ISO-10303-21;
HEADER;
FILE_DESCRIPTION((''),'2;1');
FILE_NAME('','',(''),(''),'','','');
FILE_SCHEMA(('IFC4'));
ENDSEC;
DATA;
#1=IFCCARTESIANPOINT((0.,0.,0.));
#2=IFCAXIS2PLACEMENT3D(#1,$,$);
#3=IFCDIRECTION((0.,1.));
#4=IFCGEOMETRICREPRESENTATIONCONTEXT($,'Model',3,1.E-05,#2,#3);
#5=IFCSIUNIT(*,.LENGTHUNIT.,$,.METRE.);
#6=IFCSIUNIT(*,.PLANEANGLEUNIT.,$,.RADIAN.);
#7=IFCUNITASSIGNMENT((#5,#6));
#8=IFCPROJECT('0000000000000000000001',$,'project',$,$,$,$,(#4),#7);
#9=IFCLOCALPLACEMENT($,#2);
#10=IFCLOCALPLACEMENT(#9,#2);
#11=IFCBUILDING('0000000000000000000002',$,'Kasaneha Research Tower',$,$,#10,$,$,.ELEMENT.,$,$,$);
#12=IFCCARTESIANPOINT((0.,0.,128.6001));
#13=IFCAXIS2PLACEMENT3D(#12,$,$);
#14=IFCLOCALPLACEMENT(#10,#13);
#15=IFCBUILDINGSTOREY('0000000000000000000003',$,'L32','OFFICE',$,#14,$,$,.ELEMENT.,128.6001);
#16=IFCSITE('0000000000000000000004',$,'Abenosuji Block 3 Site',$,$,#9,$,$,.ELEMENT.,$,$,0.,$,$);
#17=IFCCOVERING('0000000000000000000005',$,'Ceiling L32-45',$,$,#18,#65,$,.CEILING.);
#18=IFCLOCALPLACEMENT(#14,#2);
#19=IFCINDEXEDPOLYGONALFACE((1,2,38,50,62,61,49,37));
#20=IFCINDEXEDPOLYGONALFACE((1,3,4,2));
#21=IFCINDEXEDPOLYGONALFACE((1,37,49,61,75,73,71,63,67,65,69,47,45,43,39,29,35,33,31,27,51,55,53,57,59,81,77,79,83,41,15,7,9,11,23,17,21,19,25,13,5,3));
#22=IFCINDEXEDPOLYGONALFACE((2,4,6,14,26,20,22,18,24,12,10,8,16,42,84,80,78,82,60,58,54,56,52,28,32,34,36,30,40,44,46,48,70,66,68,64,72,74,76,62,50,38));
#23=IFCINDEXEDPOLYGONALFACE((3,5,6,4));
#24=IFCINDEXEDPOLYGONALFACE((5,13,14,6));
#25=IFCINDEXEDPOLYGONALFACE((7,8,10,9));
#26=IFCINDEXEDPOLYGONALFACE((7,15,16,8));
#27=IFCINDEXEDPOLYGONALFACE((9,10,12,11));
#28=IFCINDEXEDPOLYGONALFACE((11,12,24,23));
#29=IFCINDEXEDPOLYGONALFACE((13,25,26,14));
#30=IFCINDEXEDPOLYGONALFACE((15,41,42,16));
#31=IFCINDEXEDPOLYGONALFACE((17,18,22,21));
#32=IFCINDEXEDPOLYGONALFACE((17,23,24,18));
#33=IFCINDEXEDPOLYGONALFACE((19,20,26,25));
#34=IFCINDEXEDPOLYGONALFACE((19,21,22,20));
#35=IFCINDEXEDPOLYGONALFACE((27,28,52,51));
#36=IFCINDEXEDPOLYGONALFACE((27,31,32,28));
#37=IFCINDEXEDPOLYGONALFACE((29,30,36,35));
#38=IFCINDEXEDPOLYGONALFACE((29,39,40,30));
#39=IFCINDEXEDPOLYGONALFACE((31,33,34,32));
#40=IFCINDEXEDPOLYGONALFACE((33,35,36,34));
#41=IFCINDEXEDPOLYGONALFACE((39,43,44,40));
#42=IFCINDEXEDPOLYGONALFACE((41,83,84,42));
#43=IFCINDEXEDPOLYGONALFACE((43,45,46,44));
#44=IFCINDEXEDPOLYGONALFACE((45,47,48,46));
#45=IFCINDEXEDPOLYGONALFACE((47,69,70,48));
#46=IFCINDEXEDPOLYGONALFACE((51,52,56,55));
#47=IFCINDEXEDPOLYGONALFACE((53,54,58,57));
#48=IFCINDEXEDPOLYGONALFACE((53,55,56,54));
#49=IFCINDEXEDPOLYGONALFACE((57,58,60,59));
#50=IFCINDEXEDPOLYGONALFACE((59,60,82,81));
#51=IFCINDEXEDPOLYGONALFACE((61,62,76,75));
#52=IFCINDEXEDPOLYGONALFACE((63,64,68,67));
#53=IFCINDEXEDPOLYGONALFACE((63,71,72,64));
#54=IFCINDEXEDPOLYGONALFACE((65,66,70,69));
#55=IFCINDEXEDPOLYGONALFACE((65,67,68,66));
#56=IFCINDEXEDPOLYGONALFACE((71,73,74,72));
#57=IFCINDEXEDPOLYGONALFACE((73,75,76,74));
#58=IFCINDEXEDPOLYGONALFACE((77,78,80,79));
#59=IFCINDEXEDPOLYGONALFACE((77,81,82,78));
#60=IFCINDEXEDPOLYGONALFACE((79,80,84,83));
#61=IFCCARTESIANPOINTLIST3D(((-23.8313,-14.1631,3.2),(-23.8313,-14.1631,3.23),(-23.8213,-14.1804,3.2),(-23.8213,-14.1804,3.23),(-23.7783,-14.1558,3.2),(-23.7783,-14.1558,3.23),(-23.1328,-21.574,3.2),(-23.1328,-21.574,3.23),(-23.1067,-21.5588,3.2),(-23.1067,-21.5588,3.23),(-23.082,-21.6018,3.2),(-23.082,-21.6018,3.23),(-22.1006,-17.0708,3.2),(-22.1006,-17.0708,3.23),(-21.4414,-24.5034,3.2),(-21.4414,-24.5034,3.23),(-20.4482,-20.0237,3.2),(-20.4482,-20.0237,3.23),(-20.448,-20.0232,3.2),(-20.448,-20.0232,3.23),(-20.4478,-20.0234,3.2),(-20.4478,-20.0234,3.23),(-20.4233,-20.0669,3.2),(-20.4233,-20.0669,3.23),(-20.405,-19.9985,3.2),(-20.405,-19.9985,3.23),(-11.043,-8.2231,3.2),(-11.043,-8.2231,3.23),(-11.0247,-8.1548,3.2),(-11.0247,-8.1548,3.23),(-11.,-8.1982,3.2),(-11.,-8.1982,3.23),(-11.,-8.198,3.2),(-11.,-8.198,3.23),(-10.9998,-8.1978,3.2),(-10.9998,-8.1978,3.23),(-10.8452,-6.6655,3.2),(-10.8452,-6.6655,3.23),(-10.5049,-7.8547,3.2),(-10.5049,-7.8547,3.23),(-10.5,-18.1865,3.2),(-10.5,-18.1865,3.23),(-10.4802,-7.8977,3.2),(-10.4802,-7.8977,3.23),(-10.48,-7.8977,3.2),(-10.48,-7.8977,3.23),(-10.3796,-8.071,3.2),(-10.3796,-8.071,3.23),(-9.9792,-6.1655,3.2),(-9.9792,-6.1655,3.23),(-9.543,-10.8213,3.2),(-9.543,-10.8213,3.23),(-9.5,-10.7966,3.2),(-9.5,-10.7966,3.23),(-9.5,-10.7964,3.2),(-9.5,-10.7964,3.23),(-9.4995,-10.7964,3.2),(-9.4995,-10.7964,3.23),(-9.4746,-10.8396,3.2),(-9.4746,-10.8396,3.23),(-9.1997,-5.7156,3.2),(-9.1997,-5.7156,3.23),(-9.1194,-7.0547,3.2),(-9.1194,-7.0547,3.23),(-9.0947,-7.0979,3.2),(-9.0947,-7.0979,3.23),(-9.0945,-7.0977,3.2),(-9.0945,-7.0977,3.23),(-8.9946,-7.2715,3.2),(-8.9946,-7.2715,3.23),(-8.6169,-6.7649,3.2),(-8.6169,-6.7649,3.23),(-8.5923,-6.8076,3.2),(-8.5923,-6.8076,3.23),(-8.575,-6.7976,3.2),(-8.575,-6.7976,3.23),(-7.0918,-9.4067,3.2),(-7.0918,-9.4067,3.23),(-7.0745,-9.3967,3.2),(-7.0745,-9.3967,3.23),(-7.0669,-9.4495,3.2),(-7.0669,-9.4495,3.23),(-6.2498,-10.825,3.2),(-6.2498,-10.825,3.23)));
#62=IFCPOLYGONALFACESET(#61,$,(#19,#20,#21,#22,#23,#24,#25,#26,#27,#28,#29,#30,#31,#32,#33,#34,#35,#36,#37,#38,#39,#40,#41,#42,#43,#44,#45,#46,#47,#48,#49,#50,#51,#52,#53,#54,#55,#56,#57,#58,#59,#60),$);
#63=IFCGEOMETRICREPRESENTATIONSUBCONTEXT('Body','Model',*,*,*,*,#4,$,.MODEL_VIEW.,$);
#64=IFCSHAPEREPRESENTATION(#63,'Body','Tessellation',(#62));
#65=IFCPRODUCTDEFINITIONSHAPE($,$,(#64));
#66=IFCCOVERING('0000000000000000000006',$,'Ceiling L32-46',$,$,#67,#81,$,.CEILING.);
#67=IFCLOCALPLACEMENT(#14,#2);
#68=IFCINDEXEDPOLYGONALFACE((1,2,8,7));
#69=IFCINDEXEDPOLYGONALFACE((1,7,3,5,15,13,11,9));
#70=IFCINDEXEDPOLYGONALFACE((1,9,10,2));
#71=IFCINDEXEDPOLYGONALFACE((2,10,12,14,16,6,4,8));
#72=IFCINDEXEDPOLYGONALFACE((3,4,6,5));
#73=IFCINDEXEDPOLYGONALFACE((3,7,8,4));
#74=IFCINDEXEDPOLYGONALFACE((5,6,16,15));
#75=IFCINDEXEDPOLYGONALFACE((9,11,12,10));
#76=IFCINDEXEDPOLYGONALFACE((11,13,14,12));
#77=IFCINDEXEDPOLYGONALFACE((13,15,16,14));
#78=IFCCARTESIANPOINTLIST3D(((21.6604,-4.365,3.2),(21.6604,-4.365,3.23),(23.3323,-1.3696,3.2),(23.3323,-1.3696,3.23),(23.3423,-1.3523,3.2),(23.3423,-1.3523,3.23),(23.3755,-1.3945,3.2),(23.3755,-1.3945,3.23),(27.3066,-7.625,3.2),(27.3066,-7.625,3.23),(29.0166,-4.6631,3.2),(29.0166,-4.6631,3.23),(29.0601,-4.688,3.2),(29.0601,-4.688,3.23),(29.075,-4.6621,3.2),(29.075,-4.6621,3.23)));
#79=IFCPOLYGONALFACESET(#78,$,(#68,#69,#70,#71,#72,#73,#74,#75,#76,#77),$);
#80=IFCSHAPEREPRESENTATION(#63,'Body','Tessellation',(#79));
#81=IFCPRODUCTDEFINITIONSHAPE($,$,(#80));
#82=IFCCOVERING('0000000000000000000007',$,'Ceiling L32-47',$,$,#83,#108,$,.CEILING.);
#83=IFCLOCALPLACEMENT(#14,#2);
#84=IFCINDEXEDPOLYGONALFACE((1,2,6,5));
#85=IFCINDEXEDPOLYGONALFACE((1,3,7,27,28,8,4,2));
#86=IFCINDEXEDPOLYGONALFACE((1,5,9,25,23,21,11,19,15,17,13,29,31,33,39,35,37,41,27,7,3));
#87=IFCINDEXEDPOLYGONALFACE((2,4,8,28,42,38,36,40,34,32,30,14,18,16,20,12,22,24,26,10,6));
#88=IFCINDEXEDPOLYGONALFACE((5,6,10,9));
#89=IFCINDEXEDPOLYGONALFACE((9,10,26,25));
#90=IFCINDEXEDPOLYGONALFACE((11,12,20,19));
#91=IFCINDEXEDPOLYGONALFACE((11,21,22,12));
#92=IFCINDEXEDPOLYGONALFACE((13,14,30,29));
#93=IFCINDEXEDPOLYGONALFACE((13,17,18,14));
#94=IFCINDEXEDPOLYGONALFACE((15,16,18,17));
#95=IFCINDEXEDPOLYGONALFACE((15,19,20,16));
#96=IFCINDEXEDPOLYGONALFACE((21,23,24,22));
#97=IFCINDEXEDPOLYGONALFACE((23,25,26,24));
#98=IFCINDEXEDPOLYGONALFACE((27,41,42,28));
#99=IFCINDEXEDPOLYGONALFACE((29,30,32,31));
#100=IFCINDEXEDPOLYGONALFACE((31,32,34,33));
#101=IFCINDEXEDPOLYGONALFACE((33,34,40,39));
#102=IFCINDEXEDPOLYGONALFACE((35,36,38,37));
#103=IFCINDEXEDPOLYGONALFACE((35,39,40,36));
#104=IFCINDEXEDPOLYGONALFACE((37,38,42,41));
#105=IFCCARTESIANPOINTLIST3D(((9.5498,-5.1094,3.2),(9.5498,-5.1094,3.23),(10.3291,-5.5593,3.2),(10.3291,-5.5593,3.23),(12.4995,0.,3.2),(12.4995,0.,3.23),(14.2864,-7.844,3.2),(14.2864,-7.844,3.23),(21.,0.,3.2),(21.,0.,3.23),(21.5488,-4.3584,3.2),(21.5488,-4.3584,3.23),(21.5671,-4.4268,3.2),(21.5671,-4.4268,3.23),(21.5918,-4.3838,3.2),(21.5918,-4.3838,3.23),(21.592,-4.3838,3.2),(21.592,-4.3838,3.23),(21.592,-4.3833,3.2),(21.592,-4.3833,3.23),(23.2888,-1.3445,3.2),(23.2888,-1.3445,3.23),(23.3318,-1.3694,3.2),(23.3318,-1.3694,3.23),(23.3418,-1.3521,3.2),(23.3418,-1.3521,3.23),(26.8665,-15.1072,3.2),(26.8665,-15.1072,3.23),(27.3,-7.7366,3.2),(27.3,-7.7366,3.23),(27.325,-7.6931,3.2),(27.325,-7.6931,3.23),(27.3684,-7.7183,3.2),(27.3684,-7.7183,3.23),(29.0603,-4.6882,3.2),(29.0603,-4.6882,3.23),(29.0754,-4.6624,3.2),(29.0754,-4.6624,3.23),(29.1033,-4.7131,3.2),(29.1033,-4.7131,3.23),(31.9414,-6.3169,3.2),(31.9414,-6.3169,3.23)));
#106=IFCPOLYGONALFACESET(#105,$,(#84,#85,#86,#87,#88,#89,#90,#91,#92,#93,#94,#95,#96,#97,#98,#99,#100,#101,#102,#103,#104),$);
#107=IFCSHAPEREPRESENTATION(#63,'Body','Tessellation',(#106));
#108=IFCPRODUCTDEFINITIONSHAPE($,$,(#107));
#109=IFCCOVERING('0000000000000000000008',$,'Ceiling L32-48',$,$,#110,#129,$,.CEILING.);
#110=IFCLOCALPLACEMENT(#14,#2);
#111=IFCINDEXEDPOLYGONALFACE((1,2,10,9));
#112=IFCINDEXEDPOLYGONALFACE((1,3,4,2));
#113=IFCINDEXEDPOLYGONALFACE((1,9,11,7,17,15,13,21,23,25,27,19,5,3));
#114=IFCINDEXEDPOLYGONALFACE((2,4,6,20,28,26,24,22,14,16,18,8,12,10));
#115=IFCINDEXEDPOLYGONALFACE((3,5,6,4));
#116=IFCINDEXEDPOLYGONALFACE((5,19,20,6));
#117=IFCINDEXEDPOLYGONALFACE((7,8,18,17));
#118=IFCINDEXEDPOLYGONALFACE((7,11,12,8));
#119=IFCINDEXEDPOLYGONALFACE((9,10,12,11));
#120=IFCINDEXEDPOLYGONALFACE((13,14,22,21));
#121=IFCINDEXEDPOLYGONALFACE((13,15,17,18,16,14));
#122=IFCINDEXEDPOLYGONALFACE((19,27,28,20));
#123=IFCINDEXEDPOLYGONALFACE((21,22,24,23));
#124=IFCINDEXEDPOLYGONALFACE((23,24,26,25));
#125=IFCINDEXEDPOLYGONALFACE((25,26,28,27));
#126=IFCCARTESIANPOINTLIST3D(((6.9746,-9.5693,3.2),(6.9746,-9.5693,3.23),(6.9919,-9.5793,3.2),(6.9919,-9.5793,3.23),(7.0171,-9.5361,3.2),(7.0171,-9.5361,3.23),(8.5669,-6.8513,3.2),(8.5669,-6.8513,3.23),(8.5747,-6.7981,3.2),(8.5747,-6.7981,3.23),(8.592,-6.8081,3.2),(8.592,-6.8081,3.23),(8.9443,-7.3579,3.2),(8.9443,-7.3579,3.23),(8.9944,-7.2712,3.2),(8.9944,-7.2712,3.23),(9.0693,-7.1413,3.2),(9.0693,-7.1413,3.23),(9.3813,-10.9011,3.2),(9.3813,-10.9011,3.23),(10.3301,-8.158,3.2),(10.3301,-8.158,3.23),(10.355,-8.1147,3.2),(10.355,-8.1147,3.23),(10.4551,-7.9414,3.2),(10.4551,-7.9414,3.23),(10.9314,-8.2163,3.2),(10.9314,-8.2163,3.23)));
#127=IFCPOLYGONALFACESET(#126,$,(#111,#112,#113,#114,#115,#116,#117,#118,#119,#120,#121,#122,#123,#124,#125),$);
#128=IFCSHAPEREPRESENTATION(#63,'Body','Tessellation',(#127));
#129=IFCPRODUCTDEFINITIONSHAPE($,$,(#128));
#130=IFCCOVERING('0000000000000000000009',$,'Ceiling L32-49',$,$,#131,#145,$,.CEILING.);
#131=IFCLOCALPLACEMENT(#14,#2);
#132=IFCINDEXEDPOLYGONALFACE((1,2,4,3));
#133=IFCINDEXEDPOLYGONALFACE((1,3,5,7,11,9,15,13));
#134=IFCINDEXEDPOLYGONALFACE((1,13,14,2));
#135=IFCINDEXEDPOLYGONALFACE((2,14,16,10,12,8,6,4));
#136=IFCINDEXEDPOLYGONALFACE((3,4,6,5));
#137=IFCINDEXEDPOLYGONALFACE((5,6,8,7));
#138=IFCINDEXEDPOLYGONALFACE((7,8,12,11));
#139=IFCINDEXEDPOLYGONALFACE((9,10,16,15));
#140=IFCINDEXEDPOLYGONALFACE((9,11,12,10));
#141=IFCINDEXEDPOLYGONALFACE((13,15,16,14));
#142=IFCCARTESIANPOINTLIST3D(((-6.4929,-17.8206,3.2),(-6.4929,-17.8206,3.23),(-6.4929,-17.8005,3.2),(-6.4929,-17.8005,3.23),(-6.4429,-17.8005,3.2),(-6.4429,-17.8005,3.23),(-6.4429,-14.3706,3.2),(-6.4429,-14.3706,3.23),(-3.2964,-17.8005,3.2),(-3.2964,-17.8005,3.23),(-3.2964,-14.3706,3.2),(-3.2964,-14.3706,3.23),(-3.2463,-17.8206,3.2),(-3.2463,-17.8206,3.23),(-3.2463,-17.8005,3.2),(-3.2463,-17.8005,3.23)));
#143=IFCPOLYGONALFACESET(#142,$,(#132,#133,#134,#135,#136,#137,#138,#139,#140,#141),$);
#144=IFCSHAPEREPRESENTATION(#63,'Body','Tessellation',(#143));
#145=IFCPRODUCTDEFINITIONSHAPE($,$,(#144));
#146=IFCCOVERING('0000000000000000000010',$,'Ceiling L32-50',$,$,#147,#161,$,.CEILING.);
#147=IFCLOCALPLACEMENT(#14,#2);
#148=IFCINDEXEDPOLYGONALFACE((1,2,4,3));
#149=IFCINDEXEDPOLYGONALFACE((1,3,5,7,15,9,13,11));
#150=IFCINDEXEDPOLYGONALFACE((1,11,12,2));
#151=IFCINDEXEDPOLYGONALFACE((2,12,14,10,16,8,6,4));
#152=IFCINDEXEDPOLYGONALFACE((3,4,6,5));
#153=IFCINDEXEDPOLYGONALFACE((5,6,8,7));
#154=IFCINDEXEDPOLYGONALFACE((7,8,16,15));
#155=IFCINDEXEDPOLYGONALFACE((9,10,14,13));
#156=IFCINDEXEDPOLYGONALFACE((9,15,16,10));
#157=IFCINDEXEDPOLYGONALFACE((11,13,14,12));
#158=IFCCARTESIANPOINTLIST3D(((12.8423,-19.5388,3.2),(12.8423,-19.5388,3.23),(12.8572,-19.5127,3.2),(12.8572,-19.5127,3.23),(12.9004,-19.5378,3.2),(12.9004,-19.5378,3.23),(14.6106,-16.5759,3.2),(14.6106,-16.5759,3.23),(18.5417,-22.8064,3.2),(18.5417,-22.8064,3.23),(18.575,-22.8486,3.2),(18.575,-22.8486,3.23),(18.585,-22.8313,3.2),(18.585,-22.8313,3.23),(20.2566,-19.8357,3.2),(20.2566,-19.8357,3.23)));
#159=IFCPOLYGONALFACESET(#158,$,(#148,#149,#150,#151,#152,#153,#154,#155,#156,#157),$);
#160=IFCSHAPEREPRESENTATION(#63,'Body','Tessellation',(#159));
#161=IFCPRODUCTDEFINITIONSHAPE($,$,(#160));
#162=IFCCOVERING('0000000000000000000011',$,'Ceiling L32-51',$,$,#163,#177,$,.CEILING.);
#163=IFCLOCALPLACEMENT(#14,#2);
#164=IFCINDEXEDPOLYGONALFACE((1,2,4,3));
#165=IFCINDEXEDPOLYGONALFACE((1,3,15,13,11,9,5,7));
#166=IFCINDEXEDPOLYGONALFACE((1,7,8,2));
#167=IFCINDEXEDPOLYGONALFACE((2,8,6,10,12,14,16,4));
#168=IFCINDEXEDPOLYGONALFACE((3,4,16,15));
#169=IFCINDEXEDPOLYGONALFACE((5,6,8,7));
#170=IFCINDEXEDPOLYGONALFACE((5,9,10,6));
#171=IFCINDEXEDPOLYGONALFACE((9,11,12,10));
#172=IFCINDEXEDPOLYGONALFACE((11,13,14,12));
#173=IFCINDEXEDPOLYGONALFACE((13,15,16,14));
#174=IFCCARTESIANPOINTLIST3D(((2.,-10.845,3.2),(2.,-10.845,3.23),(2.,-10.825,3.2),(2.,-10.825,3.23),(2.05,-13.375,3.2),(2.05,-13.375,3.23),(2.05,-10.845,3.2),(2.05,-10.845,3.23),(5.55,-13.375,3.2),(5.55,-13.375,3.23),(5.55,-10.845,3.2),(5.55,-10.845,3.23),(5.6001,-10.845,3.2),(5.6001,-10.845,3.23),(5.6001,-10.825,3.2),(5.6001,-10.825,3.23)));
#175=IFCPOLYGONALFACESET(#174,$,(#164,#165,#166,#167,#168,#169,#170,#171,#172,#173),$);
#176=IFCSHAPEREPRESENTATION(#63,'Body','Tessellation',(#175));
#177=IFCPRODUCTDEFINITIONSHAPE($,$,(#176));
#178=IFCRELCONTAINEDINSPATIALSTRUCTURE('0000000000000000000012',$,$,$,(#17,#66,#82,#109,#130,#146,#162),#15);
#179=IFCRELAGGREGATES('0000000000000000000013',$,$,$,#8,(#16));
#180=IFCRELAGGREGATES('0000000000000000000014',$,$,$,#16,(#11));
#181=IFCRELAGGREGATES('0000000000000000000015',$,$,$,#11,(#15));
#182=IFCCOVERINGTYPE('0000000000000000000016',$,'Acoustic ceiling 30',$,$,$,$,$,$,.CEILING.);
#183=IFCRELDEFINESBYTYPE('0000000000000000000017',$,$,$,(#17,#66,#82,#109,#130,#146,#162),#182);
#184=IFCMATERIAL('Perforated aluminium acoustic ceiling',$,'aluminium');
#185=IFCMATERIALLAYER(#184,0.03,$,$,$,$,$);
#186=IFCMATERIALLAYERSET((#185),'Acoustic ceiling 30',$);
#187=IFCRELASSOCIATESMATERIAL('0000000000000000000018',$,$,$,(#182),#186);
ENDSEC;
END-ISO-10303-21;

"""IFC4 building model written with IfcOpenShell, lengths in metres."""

from ifc_helpers import new_model, si_unit, direction, frame, origin, place, context, subcontext, project, spatial, polyline, outline, extrude, material, layer, layer_set, type_object, element, save


model = new_model("IFC4")

# Units and contexts
model_context = context("Model", 3, precision=1e-05, world=origin(), true_north=direction((0.0, 1.0)))
body_context = subcontext(model_context, "Body", "Model", "MODEL_VIEW")
ifc_project = project(units=[si_unit("LENGTHUNIT", "METRE"), si_unit("PLANEANGLEUNIT", "RADIAN")], contexts=[model_context])

# Site, building, storey
site_placement = place(None, origin())
site = spatial("IfcSite", under=ifc_project, at=site_placement, Name="Abenosuji Block 3 Site", CompositionType="ELEMENT", RefElevation=0.0)
building_placement = place(site_placement, origin())
building = spatial("IfcBuilding", under=site, at=building_placement, Name="Kasaneha Research Tower", CompositionType="ELEMENT")
storey_placement = place(building_placement, frame((0.0, 0.0, 128.6001)))
storey = spatial("IfcBuildingStorey", under=building, at=storey_placement, Name="L32", Description="OFFICE", CompositionType="ELEMENT", Elevation=128.6001)

# Coverings
ifc_material_1 = material(Name="Perforated aluminium acoustic ceiling", Category="aluminium")
ifc_layer_1 = layer(ifc_material_1, 0.03)
ifc_layer_set_1 = layer_set([ifc_layer_1], Name="Acoustic ceiling 30")
covering_type_1 = type_object("IfcCoveringType", Name="Acoustic ceiling 30", PredefinedType="CEILING", material=ifc_layer_set_1)
covering_1_placement = place(storey_placement, frame((0.0, 0.0, 3.2)))
element("IfcCovering", 1, at=covering_1_placement, inside=storey, type_object=covering_type_1, Name="Ceiling L32-45", PredefinedType="CEILING", context=body_context, shape_type="SweptSolid", body=[
    extrude(outline(polyline([(-9.9792, -6.1655), (-9.9792, -6.1655), (-9.1997, -5.7156), (-8.575, -6.7976), (-8.5923, -6.8076), (-8.6169, -6.7649), (-9.1194, -7.0547), (-9.0945, -7.0977), (-9.0947, -7.0979), (-8.9946, -7.2715), (-10.3796, -8.071), (-10.48, -7.8977), (-10.4802, -7.8977), (-10.5049, -7.8547), (-11.0247, -8.1548), (-10.9998, -8.1978), (-11.0, -8.198), (-11.0, -8.1982), (-11.043, -8.2231), (-9.543, -10.8213), (-9.5, -10.7964), (-9.5, -10.7966), (-9.4995, -10.7964), (-9.4746, -10.8396), (-7.0669, -9.4495), (-7.0918, -9.4067), (-7.0745, -9.3967), (-6.2498, -10.825), (-10.5, -18.1865), (-21.4414, -24.5034), (-23.1328, -21.574), (-23.1067, -21.5588), (-23.082, -21.6018), (-20.4233, -20.0669), (-20.4482, -20.0237), (-20.4478, -20.0234), (-20.448, -20.0232), (-20.405, -19.9985), (-22.1006, -17.0708), (-23.7783, -14.1558), (-23.8213, -14.1804), (-23.8313, -14.1631), (-10.8452, -6.6655), (-10.8452, -6.6655), (-9.9792, -6.1655)])), origin(), (0.0, 0.0, 1.0), 0.03),
])
covering_2_placement = place(storey_placement, frame((0.0, 0.0, 3.2)))
element("IfcCovering", 2, at=covering_2_placement, inside=storey, type_object=covering_type_1, Name="Ceiling L32-46", PredefinedType="CEILING", context=body_context, shape_type="SweptSolid", body=[
    extrude(outline(polyline([(29.075, -4.6621), (29.0601, -4.688), (29.0166, -4.6631), (27.3066, -7.625), (21.6604, -4.365), (23.3755, -1.3945), (23.3323, -1.3696), (23.3423, -1.3523), (29.075, -4.6621)])), origin(), (0.0, 0.0, 1.0), 0.03),
])
covering_3_placement = place(storey_placement, frame((0.0, 0.0, 3.2)))
element("IfcCovering", 3, at=covering_3_placement, inside=storey, type_object=covering_type_1, Name="Ceiling L32-47", PredefinedType="CEILING", context=body_context, shape_type="SweptSolid", body=[
    extrude(outline(polyline([(9.5498, -5.1094), (12.4995, 0.0), (21.0, 0.0), (23.3418, -1.3521), (23.3318, -1.3694), (23.2888, -1.3445), (21.5488, -4.3584), (21.592, -4.3833), (21.5918, -4.3838), (21.592, -4.3838), (21.5671, -4.4268), (27.3, -7.7366), (27.325, -7.6931), (27.3684, -7.7183), (29.1033, -4.7131), (29.0603, -4.6882), (29.0754, -4.6624), (31.9414, -6.3169), (26.8665, -15.1072), (14.2864, -7.844), (10.3291, -5.5593), (10.3291, -5.5593), (9.5498, -5.1094)])), origin(), (0.0, 0.0, 1.0), 0.03),
])
covering_4_placement = place(storey_placement, frame((0.0, 0.0, 3.2)))
element("IfcCovering", 4, at=covering_4_placement, inside=storey, type_object=covering_type_1, Name="Ceiling L32-48", PredefinedType="CEILING", context=body_context, shape_type="SweptSolid", body=[
    extrude(outline(polyline([(8.5747, -6.7981), (8.592, -6.8081), (8.5669, -6.8513), (9.0693, -7.1414), (9.0942, -7.0981), (9.0942, -7.0981), (8.9944, -7.2712), (8.9944, -7.2712), (8.9443, -7.3579), (10.3301, -8.158), (10.355, -8.1147), (10.355, -8.1147), (10.4551, -7.9414), (10.9314, -8.2163), (9.3813, -10.9011), (7.0171, -9.5361), (6.9919, -9.5793), (6.9746, -9.5693), (8.5747, -6.7981)])), origin(), (0.0, 0.0, 1.0), 0.03),
])
covering_5_placement = place(storey_placement, frame((0.0, 0.0, 3.2)))
element("IfcCovering", 5, at=covering_5_placement, inside=storey, type_object=covering_type_1, Name="Ceiling L32-49", PredefinedType="CEILING", context=body_context, shape_type="SweptSolid", body=[
    extrude(outline(polyline([(-6.4929, -17.8206), (-6.4929, -17.8005), (-6.4429, -17.8005), (-6.4429, -14.3706), (-3.2964, -14.3706), (-3.2964, -17.8005), (-3.2463, -17.8005), (-3.2463, -17.8206), (-6.4929, -17.8206)])), origin(), (0.0, 0.0, 1.0), 0.03),
])
covering_6_placement = place(storey_placement, frame((0.0, 0.0, 3.2)))
element("IfcCovering", 6, at=covering_6_placement, inside=storey, type_object=covering_type_1, Name="Ceiling L32-50", PredefinedType="CEILING", context=body_context, shape_type="SweptSolid", body=[
    extrude(outline(polyline([(12.8423, -19.5388), (12.8572, -19.5127), (12.9004, -19.5378), (14.6106, -16.5759), (20.2566, -19.8357), (18.5417, -22.8064), (18.585, -22.8313), (18.575, -22.8486), (12.8423, -19.5388)])), origin(), (0.0, 0.0, 1.0), 0.03),
])
covering_7_placement = place(storey_placement, frame((0.0, 0.0, 3.2)))
element("IfcCovering", 7, at=covering_7_placement, inside=storey, type_object=covering_type_1, Name="Ceiling L32-51", PredefinedType="CEILING", context=body_context, shape_type="SweptSolid", body=[
    extrude(outline(polyline([(5.6001, -10.825), (5.6001, -10.845), (5.55, -10.845), (5.55, -13.375), (2.05, -13.375), (2.05, -10.845), (2.0, -10.845), (2.0, -10.825), (5.6001, -10.825)])), origin(), (0.0, 0.0, 1.0), 0.03),
])

save(model, "model.ifc")
